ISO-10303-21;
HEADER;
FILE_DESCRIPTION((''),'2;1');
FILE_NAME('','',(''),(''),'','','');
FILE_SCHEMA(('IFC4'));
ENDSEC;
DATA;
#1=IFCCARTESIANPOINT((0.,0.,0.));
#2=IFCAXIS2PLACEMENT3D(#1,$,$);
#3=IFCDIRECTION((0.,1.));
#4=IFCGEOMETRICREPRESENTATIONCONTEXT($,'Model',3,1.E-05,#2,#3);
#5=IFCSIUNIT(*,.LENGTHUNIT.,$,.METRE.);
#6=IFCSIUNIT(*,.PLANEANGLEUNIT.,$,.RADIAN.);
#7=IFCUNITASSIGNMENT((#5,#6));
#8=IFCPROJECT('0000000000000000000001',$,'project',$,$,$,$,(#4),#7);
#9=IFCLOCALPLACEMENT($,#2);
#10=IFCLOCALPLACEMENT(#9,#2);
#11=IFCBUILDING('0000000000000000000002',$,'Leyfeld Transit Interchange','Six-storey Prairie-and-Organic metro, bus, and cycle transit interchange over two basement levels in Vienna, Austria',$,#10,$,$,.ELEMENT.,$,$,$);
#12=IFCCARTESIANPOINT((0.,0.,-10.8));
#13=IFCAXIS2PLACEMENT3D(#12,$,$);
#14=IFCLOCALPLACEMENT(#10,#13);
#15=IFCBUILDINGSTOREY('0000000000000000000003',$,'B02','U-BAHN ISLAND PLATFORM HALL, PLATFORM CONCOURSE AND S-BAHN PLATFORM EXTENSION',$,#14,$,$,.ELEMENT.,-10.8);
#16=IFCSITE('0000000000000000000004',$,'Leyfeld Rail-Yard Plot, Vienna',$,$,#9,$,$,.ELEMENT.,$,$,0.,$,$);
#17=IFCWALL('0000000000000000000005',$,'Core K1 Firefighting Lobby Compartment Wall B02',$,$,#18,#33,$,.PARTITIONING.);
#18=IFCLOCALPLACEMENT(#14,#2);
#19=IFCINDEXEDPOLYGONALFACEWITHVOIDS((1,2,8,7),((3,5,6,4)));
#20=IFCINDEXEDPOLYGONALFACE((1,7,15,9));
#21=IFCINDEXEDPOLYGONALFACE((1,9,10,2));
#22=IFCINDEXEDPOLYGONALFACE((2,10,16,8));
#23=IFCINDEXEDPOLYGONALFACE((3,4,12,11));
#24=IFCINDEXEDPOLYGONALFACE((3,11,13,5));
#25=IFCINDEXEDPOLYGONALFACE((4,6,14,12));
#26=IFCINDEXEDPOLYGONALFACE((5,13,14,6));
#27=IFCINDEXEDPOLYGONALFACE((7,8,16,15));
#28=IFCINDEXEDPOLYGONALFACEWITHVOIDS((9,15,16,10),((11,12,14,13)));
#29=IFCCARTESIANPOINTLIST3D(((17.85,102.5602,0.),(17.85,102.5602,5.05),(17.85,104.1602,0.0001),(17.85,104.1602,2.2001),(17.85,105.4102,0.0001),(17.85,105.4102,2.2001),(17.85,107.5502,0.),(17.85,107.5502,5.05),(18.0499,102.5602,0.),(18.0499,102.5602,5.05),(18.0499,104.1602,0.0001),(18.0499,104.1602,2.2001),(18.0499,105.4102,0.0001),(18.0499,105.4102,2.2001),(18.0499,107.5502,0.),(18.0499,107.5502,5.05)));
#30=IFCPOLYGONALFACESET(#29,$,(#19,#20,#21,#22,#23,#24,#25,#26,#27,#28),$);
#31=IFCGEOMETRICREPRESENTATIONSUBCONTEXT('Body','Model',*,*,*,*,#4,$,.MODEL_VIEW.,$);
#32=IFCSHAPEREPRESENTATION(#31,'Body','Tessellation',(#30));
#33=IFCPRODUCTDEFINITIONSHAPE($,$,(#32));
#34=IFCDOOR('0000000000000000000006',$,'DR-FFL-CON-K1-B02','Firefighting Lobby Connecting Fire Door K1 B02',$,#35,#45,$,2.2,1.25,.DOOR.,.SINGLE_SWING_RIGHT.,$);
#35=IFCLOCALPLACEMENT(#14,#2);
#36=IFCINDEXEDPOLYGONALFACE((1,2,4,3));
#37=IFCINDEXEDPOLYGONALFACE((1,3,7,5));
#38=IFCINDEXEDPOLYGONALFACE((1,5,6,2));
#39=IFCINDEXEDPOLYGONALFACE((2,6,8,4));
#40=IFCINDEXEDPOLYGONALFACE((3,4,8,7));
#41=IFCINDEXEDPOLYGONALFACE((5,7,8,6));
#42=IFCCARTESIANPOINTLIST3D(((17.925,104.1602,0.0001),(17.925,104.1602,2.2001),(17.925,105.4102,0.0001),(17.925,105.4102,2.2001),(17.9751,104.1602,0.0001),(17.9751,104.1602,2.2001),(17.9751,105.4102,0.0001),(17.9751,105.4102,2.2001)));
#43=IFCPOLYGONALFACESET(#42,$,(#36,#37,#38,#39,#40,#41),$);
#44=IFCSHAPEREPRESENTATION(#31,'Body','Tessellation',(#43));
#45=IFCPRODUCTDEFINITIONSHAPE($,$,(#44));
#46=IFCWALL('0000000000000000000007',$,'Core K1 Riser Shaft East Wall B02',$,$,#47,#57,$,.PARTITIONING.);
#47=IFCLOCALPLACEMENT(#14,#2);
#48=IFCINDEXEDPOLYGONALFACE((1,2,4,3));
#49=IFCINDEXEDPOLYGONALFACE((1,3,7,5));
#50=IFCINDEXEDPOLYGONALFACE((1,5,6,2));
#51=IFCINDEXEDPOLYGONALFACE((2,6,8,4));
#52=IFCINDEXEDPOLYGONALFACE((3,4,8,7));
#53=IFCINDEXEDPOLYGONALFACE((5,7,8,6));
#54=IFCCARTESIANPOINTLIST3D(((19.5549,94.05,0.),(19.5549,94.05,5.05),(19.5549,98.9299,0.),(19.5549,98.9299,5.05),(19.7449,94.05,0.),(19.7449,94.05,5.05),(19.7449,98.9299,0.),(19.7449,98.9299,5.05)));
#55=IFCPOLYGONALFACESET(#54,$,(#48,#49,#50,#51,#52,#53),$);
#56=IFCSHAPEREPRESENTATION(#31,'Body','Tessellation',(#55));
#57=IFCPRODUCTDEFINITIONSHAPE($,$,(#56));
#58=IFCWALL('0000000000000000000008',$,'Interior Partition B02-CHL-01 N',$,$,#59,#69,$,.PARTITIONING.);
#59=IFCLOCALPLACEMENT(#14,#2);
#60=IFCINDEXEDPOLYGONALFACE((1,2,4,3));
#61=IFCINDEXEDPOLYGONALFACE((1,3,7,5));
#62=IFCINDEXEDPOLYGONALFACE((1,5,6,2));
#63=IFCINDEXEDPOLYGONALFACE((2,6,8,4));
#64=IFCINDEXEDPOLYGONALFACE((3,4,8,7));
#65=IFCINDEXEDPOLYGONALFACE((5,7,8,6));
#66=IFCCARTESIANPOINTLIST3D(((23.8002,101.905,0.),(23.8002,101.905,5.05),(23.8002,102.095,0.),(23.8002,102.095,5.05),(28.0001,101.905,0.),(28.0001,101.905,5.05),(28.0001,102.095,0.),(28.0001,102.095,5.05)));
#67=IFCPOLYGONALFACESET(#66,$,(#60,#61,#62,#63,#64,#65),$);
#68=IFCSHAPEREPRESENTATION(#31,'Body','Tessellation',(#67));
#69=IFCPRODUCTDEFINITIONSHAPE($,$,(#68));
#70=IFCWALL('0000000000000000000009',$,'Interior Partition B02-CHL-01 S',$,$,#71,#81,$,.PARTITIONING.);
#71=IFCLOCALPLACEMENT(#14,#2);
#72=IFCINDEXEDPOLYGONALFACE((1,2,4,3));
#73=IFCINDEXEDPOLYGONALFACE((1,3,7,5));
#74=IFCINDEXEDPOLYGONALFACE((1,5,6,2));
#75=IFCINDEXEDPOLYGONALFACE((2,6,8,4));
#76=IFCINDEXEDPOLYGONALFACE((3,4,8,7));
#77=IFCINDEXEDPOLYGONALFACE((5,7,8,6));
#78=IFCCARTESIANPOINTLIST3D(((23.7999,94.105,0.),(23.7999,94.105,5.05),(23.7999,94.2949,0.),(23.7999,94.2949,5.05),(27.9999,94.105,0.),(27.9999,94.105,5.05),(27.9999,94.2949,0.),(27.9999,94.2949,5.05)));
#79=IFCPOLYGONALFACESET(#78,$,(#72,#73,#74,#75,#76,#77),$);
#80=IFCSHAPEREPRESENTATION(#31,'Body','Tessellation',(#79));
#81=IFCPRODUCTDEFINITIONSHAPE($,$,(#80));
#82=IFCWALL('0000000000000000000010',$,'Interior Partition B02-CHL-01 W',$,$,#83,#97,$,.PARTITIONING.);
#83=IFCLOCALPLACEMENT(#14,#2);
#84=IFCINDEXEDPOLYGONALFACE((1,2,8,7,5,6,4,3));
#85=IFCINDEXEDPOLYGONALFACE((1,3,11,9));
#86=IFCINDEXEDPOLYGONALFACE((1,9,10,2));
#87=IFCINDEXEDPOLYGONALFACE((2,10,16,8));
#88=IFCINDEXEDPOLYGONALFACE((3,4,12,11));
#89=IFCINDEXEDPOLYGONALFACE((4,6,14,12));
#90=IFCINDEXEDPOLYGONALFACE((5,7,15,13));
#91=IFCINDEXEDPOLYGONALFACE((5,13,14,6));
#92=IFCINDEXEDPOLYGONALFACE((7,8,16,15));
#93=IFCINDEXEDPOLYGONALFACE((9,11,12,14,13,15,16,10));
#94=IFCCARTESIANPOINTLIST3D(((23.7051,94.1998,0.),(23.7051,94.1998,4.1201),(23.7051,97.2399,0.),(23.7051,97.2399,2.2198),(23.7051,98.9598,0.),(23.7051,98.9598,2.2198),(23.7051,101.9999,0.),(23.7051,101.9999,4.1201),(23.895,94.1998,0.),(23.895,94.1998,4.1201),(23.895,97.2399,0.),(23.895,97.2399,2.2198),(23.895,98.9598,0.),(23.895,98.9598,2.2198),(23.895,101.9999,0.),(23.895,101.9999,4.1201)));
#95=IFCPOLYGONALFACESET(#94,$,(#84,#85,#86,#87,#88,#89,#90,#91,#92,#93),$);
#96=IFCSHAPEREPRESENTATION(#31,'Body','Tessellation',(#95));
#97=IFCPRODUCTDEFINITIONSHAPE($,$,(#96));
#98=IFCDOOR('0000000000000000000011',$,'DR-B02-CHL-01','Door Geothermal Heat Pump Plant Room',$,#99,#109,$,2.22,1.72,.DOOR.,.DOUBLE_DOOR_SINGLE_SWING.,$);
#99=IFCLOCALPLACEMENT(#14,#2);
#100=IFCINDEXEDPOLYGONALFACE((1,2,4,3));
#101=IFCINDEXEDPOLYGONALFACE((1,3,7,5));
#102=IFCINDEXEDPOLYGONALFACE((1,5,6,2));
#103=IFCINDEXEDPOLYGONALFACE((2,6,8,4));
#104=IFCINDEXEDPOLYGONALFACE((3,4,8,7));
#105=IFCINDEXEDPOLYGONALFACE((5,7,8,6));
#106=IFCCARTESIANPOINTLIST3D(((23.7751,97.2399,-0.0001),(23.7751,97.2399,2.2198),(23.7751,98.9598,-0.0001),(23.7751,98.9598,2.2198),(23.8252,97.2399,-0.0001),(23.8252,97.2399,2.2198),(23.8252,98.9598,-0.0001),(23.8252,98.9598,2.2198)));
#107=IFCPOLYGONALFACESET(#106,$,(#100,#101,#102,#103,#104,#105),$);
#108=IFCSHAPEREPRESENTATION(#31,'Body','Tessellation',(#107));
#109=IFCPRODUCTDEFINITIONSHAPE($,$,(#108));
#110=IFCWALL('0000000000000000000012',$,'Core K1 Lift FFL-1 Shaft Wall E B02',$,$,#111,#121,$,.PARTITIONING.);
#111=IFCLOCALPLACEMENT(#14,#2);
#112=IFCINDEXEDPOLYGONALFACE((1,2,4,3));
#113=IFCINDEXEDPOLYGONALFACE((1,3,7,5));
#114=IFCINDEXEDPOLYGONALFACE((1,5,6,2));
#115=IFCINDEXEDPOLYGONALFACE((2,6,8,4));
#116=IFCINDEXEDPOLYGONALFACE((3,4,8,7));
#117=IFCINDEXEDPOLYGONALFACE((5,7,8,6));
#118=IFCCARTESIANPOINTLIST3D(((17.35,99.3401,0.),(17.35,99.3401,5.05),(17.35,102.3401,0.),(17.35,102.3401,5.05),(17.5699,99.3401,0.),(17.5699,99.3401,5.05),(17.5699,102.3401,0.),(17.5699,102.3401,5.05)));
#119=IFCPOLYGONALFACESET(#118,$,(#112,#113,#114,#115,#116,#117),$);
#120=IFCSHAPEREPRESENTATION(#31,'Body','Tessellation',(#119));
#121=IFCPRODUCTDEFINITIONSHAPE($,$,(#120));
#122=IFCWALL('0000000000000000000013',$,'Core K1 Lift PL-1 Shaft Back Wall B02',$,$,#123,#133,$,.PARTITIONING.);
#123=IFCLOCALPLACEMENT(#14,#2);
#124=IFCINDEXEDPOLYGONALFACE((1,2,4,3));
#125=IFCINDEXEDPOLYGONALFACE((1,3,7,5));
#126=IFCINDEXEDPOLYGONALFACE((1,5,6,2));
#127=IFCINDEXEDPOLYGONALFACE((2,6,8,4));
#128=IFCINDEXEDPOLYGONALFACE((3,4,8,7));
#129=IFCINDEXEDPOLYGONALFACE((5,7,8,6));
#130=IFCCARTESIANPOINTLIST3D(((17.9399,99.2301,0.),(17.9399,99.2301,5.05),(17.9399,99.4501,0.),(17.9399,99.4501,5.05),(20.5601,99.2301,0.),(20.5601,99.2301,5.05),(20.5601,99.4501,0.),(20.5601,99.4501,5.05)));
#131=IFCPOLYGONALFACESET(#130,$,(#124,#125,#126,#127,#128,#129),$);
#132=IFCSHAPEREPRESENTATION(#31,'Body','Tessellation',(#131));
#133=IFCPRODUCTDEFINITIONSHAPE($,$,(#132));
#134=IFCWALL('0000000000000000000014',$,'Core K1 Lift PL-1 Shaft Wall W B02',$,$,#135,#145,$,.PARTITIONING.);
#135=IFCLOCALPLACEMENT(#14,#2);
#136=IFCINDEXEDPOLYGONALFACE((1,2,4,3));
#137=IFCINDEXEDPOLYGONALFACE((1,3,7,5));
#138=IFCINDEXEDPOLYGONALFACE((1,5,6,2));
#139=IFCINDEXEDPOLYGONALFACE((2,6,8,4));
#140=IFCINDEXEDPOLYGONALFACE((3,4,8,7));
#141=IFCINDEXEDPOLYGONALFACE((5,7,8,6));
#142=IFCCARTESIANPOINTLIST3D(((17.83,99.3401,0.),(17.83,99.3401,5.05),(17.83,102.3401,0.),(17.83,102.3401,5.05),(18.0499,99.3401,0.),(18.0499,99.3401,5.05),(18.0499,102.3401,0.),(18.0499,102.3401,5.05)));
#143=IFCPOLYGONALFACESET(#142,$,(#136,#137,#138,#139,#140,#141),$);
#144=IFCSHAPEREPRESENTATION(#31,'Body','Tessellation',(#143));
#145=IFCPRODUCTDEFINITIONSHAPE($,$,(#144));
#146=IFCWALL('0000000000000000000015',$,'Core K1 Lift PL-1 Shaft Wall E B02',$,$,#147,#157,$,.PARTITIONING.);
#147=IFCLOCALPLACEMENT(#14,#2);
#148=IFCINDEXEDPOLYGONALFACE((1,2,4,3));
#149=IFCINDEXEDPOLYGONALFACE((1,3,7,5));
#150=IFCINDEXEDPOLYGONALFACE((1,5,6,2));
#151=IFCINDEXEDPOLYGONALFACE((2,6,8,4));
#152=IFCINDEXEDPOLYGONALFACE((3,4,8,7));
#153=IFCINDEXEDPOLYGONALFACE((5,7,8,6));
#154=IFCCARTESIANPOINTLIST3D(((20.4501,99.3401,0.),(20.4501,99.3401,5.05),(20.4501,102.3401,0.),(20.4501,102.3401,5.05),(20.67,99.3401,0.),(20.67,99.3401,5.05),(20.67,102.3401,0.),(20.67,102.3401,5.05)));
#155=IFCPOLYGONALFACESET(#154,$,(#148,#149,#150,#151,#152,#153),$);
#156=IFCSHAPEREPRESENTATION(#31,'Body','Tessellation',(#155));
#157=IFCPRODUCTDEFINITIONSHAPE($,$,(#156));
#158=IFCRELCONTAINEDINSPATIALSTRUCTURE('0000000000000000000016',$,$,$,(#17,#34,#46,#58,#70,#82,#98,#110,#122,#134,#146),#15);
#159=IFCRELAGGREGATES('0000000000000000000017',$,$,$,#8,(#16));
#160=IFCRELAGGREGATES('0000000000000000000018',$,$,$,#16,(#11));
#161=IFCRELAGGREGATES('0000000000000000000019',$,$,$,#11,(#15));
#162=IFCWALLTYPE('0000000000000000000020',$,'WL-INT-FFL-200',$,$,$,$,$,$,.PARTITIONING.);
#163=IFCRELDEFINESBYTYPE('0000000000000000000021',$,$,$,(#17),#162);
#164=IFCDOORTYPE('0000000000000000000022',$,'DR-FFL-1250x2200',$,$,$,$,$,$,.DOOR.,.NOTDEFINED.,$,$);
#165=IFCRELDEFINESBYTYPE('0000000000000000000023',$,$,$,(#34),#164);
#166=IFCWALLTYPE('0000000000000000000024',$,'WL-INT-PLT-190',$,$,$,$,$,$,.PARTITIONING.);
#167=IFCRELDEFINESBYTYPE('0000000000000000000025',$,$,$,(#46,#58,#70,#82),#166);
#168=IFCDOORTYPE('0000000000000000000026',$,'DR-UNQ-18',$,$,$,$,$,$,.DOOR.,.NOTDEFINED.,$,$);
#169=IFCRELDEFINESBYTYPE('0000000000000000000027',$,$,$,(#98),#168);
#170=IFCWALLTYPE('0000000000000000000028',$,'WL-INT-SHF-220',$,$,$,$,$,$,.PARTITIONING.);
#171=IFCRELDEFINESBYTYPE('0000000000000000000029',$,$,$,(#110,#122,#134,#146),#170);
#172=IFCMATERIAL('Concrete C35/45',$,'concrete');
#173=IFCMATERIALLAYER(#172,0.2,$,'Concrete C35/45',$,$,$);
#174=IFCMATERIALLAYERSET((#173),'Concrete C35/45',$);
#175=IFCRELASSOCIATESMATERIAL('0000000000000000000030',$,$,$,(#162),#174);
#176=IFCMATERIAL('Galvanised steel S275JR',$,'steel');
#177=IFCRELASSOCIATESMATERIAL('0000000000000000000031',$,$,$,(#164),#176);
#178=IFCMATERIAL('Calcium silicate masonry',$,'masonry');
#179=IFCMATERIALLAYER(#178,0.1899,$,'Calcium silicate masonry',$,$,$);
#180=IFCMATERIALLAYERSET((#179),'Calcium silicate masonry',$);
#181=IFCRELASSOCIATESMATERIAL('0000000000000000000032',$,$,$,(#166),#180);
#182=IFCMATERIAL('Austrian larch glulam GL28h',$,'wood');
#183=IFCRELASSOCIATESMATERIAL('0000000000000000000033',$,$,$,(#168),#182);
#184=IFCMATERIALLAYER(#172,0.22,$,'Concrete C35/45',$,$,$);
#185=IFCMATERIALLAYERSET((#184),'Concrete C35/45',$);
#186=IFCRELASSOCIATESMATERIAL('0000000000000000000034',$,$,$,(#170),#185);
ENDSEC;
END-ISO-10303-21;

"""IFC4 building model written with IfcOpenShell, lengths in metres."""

from ifc_helpers import new_model, si_unit, direction, frame, frame_2d, origin, place, context, subcontext, project, spatial, rectangle, extrude, material, layer, layer_set, type_object, element, fill, save


model = new_model("IFC4")

# Units and contexts
model_context = context("Model", 3, precision=1e-05, world=origin(), true_north=direction((0.0, 1.0)))
body_context = subcontext(model_context, "Body", "Model", "MODEL_VIEW")
ifc_project = project(units=[si_unit("LENGTHUNIT", "METRE"), si_unit("PLANEANGLEUNIT", "RADIAN")], contexts=[model_context])

# Site, building, storey
site_placement = place(None, origin())
site = spatial("IfcSite", under=ifc_project, at=site_placement, Name="Leyfeld Rail-Yard Plot, Vienna", CompositionType="ELEMENT", RefElevation=0.0)
building_placement = place(site_placement, origin())
building = spatial("IfcBuilding", under=site, at=building_placement, Name="Leyfeld Transit Interchange", Description="Six-storey Prairie-and-Organic metro, bus, and cycle transit interchange over two basement levels in Vienna, Austria", CompositionType="ELEMENT")
storey_placement = place(building_placement, frame((0.0, 0.0, -10.8)))
storey = spatial("IfcBuildingStorey", under=building, at=storey_placement, Name="B02", Description="U-BAHN ISLAND PLATFORM HALL, PLATFORM CONCOURSE AND S-BAHN PLATFORM EXTENSION", CompositionType="ELEMENT", Elevation=-10.8)

# Shared definitions
ifc_material_1 = material(Name="Concrete C35/45", Category="concrete")

# Wall, opening, door
ifc_layer_1 = layer(ifc_material_1, 0.2, Name="Concrete C35/45")
ifc_layer_set_1 = layer_set([ifc_layer_1], Name="Concrete C35/45")
wall_type_1 = type_object("IfcWallType", Name="WL-INT-FFL-200", PredefinedType="PARTITIONING", material=ifc_layer_set_1)
wall_1_placement = place(storey_placement, frame((17.95, 102.5601, 0.0), z_axis=(0.0, 0.0, 1.0), x_axis=(0.0, 1.0, 0.0)))
wall_1 = element("IfcWall", 1, at=wall_1_placement, inside=storey, type_object=wall_type_1, Name="Core K1 Firefighting Lobby Compartment Wall B02", PredefinedType="PARTITIONING", context=body_context, shape_type="SweptSolid", body=[
    extrude(rectangle(XDim=4.99, YDim=0.2, at=frame_2d((2.4951, 0.0))), origin(), (0.0, 0.0, 1.0), 5.05),
])
opening_1_placement = place(wall_1_placement, frame((1.6001, 0.0, 0.0)))
opening_1 = element("IfcOpeningElement", 2, at=opening_1_placement, cuts=wall_1, PredefinedType="OPENING", context=body_context, shape_type="SweptSolid", body=[
    extrude(rectangle(XDim=1.25, YDim=2.2, at=frame_2d((0.625, 1.1001))), frame((0.0, 0.1099, 0.0), z_axis=(0.0, -1.0, 0.0), x_axis=(1.0, 0.0, 0.0)), (0.0, 0.0, 1.0), 0.22),
])
ifc_material_2 = material(Name="Galvanised steel S275JR", Category="steel")
door_type_1 = type_object("IfcDoorType", Name="DR-FFL-1250x2200", OperationType="NOTDEFINED", PredefinedType="DOOR", material=ifc_material_2)
door_1_placement = place(opening_1_placement, origin())
door_1 = element("IfcDoor", 3, at=door_1_placement, inside=storey, type_object=door_type_1, Name="DR-FFL-CON-K1-B02", Description="Firefighting Lobby Connecting Fire Door K1 B02", OperationType="SINGLE_SWING_RIGHT", OverallHeight=2.2, OverallWidth=1.25, PredefinedType="DOOR", context=body_context, shape_type="SweptSolid", body=[
    extrude(rectangle(XDim=1.25, YDim=2.2, at=frame_2d((0.625, 1.1001))), frame((0.0, 0.0249, 0.0), z_axis=(0.0, -1.0, 0.0), x_axis=(1.0, 0.0, 0.0)), (0.0, 0.0, 1.0), 0.05),
])
fill(opening_1, door_1)

# Walls
ifc_material_3 = material(Name="Calcium silicate masonry", Category="masonry")
ifc_layer_2 = layer(ifc_material_3, 0.1899, Name="Calcium silicate masonry")
ifc_layer_set_2 = layer_set([ifc_layer_2], Name="Calcium silicate masonry")
wall_type_2 = type_object("IfcWallType", Name="WL-INT-PLT-190", PredefinedType="PARTITIONING", material=ifc_layer_set_2)
wall_2_placement = place(storey_placement, frame((19.6499, 94.05, 0.0), z_axis=(0.0, 0.0, 1.0), x_axis=(0.0, 1.0, 0.0)))
element("IfcWall", 4, at=wall_2_placement, inside=storey, type_object=wall_type_2, Name="Core K1 Riser Shaft East Wall B02", PredefinedType="PARTITIONING", context=body_context, shape_type="SweptSolid", body=[
    extrude(rectangle(XDim=4.8799, YDim=0.1899, at=frame_2d((2.4399, 0.0))), origin(), (0.0, 0.0, 1.0), 5.05),
])
for number, where, z_axis, x_axis, name in (
    (5, (23.8, 102.0, 0.0), (0.0, 0.0, 1.0), (1.0, 0.0, 0.0), "Interior Partition B02-CHL-01 N"),
    (6, (28.0, 94.2, 0.0), (0.0, 0.0, 1.0), (-1.0, 0.0, 0.0), "Interior Partition B02-CHL-01 S"),
):
    element("IfcWall", number, at=place(storey_placement, frame(where, z_axis=z_axis, x_axis=x_axis)), inside=storey, type_object=wall_type_2, Name=name, PredefinedType="PARTITIONING", context=body_context, shape_type="SweptSolid", body=[
        extrude(rectangle(XDim=4.2, YDim=0.1899, at=frame_2d((2.1001, 0.0))), origin(), (0.0, 0.0, 1.0), 5.05),
    ])

# Wall, opening, door
wall_3_placement = place(storey_placement, frame((23.8, 94.2, 0.0), z_axis=(0.0, 0.0, 1.0), x_axis=(0.0, 1.0, 0.0)))
wall_3 = element("IfcWall", 7, at=wall_3_placement, inside=storey, type_object=wall_type_2, Name="Interior Partition B02-CHL-01 W", PredefinedType="PARTITIONING", context=body_context, shape_type="SweptSolid", body=[
    extrude(rectangle(XDim=7.8, YDim=0.1899, at=frame_2d((3.8999, 0.0))), origin(), (0.0, 0.0, 1.0), 4.1201),
])
opening_2_placement = place(wall_3_placement, frame((3.04, 0.0, 0.0)))
opening_2 = element("IfcOpeningElement", 8, at=opening_2_placement, cuts=wall_3, PredefinedType="OPENING", context=body_context, shape_type="SweptSolid", body=[
    extrude(rectangle(XDim=1.72, YDim=2.22, at=frame_2d((0.8599, 1.1099))), frame((0.0, 0.105, 0.0), z_axis=(0.0, -1.0, 0.0), x_axis=(1.0, 0.0, 0.0)), (0.0, 0.0, 1.0), 0.21),
])
ifc_material_4 = material(Name="Austrian larch glulam GL28h", Category="wood")
door_type_2 = type_object("IfcDoorType", Name="DR-UNQ-18", OperationType="NOTDEFINED", PredefinedType="DOOR", material=ifc_material_4)
door_2_placement = place(opening_2_placement, origin())
door_2 = element("IfcDoor", 9, at=door_2_placement, inside=storey, type_object=door_type_2, Name="DR-B02-CHL-01", Description="Door Geothermal Heat Pump Plant Room", OperationType="DOUBLE_DOOR_SINGLE_SWING", OverallHeight=2.22, OverallWidth=1.72, PredefinedType="DOOR", context=body_context, shape_type="SweptSolid", body=[
    extrude(rectangle(XDim=1.72, YDim=2.22, at=frame_2d((0.8599, 1.1099))), frame((0.0, 0.0249, 0.0), z_axis=(0.0, -1.0, 0.0), x_axis=(1.0, 0.0, 0.0)), (0.0, 0.0, 1.0), 0.05),
])
fill(opening_2, door_2)

# Walls
ifc_layer_3 = layer(ifc_material_1, 0.22, Name="Concrete C35/45")
ifc_layer_set_3 = layer_set([ifc_layer_3], Name="Concrete C35/45")
wall_type_3 = type_object("IfcWallType", Name="WL-INT-SHF-220", PredefinedType="PARTITIONING", material=ifc_layer_set_3)
wall_4_placement = place(storey_placement, frame((17.46, 99.3401, 0.0), z_axis=(0.0, 0.0, 1.0), x_axis=(0.0, 1.0, 0.0)))
element("IfcWall", 10, at=wall_4_placement, inside=storey, type_object=wall_type_3, Name="Core K1 Lift FFL-1 Shaft Wall E B02", PredefinedType="PARTITIONING", context=body_context, shape_type="SweptSolid", body=[
    extrude(rectangle(XDim=3.0, YDim=0.22, at=frame_2d((1.5, 0.0))), origin(), (0.0, 0.0, 1.0), 5.05),
])
wall_5_placement = place(storey_placement, frame((17.9399, 99.3401, 0.0), z_axis=(0.0, 0.0, 1.0), x_axis=(1.0, 0.0, 0.0)))
element("IfcWall", 11, at=wall_5_placement, inside=storey, type_object=wall_type_3, Name="Core K1 Lift PL-1 Shaft Back Wall B02", PredefinedType="PARTITIONING", context=body_context, shape_type="SweptSolid", body=[
    extrude(rectangle(XDim=2.6201, YDim=0.22, at=frame_2d((1.3101, 0.0))), origin(), (0.0, 0.0, 1.0), 5.05),
])
for number, where, z_axis, x_axis, name in (
    (12, (17.9399, 99.3401, 0.0), (0.0, 0.0, 1.0), (0.0, 1.0, 0.0), "Core K1 Lift PL-1 Shaft Wall W B02"),
    (13, (20.5601, 99.3401, 0.0), (0.0, 0.0, 1.0), (0.0, 1.0, 0.0), "Core K1 Lift PL-1 Shaft Wall E B02"),
):
    element("IfcWall", number, at=place(storey_placement, frame(where, z_axis=z_axis, x_axis=x_axis)), inside=storey, type_object=wall_type_3, Name=name, PredefinedType="PARTITIONING", context=body_context, shape_type="SweptSolid", body=[
        extrude(rectangle(XDim=3.0, YDim=0.22, at=frame_2d((1.5, 0.0))), origin(), (0.0, 0.0, 1.0), 5.05),
    ])

save(model, "model.ifc")
